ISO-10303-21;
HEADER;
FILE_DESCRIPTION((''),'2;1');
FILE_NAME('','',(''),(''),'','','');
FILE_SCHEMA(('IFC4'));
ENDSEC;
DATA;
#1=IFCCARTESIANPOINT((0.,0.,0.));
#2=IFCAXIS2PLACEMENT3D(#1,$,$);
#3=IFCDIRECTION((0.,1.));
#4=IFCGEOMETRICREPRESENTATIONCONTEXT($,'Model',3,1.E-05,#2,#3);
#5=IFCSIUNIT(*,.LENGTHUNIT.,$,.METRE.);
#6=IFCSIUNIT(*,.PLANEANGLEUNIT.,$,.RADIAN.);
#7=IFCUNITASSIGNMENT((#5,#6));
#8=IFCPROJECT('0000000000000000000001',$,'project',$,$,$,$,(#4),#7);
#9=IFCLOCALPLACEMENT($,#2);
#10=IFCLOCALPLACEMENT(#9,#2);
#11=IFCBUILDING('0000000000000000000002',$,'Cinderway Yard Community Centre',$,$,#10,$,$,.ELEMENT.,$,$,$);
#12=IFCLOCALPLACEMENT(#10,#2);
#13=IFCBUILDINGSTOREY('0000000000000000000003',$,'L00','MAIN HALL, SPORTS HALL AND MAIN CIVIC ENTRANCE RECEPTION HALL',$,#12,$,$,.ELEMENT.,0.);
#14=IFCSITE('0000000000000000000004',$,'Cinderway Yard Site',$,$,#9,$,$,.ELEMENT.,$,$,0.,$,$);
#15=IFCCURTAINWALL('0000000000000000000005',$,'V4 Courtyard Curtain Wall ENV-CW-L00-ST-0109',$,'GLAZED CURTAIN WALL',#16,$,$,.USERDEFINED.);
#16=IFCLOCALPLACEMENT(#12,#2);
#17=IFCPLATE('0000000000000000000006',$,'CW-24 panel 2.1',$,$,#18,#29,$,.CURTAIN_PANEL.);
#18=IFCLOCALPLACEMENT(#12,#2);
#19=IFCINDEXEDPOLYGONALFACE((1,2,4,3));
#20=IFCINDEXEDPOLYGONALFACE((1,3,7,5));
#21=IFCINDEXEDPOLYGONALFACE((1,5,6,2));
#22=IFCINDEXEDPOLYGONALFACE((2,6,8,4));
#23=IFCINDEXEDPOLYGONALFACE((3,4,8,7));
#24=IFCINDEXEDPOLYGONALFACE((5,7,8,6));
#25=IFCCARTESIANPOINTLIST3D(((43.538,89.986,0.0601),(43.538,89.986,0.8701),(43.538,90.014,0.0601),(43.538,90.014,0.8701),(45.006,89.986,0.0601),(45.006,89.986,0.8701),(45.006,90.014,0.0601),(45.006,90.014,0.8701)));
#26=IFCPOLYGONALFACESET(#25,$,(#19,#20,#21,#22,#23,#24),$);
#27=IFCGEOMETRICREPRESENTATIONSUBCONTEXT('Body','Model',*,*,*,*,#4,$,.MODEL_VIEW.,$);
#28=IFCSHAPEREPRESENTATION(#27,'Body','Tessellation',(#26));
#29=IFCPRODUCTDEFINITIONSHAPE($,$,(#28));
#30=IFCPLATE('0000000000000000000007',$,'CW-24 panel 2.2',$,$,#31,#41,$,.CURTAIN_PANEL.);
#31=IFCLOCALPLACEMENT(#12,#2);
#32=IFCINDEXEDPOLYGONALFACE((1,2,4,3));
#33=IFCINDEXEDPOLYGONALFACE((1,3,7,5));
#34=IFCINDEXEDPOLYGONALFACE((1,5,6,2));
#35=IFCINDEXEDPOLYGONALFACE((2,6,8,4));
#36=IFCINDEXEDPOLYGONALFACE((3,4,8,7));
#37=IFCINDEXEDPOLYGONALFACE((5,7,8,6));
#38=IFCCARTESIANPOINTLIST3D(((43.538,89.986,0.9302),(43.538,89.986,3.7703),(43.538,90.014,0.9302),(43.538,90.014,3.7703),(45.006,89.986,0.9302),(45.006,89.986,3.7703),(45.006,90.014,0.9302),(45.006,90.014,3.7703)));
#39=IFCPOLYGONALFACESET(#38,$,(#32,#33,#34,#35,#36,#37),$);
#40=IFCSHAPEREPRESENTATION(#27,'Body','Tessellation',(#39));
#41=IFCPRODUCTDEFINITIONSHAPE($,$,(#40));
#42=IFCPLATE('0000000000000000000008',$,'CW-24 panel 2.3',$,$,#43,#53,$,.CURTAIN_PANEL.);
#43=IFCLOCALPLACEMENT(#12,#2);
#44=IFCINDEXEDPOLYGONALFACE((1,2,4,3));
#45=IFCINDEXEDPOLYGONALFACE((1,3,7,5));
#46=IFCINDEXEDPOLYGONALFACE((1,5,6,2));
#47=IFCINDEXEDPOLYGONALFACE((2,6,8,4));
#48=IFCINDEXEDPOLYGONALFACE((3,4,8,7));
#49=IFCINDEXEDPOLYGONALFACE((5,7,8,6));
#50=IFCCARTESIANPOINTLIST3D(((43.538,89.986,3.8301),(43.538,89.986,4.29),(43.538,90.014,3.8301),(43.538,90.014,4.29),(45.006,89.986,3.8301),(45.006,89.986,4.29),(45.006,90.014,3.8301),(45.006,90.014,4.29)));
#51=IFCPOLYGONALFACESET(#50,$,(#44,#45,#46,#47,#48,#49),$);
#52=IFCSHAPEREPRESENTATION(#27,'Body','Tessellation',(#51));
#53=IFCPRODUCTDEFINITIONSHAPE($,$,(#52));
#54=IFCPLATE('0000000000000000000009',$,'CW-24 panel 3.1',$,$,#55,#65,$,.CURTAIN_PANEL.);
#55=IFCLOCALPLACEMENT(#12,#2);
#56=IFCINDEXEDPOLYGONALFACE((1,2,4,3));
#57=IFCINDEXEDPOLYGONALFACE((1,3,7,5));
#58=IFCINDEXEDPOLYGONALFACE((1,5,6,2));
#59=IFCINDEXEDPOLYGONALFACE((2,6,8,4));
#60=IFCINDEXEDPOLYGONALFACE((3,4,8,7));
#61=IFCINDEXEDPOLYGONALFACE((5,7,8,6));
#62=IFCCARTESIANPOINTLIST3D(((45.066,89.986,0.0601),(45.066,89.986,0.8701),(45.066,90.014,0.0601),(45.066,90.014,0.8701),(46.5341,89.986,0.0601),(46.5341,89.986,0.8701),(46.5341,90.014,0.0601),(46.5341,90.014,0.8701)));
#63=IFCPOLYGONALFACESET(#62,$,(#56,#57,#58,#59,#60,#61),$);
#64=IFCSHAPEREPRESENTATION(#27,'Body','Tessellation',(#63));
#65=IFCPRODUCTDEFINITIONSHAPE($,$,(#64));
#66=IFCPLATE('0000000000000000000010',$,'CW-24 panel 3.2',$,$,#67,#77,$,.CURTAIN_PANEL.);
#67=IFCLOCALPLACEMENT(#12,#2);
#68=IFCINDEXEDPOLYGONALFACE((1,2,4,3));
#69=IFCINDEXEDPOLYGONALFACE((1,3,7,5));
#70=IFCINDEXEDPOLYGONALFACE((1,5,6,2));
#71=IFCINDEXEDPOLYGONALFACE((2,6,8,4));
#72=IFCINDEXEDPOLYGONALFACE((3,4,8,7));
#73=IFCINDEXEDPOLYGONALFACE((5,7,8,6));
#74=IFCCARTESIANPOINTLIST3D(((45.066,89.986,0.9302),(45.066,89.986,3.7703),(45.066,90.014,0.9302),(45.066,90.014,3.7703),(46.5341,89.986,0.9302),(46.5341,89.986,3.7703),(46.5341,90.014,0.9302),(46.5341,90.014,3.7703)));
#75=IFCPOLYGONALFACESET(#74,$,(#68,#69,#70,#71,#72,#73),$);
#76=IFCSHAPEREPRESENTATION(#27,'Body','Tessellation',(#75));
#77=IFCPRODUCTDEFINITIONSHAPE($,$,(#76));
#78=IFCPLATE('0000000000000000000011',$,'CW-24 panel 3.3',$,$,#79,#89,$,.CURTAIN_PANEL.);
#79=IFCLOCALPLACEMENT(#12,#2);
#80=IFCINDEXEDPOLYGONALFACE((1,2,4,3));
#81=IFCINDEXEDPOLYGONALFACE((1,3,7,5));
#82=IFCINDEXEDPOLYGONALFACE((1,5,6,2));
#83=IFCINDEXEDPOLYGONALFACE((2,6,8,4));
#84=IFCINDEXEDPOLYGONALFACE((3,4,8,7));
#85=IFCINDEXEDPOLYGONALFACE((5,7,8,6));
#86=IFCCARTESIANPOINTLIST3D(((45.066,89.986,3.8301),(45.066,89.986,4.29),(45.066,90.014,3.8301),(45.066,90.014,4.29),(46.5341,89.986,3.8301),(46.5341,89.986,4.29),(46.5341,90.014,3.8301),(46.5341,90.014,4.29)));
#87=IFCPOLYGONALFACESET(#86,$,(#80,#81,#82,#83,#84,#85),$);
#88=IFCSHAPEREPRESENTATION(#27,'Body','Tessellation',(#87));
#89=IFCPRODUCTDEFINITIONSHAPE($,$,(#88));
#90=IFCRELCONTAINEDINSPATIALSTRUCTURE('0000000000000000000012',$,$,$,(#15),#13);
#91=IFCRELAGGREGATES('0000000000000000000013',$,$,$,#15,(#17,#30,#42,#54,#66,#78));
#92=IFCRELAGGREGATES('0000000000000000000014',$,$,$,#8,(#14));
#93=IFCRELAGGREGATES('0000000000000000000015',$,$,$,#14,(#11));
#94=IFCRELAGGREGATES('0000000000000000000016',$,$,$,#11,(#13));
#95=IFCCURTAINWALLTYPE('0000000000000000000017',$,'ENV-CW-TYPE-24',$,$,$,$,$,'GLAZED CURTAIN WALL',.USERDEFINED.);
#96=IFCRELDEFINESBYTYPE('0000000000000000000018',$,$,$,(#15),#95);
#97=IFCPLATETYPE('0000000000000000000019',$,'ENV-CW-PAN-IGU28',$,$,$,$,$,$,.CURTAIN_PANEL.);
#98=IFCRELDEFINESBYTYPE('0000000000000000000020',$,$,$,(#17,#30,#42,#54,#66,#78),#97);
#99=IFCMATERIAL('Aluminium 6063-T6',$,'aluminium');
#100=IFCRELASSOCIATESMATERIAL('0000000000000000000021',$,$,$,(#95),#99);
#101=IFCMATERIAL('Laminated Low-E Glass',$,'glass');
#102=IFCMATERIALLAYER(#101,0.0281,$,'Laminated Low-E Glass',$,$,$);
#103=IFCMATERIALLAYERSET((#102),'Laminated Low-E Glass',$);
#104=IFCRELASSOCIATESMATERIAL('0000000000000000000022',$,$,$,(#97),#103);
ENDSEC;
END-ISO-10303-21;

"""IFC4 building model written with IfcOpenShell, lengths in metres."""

from ifc_helpers import new_model, si_unit, direction, frame, origin, origin_2d, place, context, subcontext, project, spatial, rectangle, extrude, material, layer, layer_set, type_object, element, aggregate, save


model = new_model("IFC4")

# Units and contexts
model_context = context("Model", 3, precision=1e-05, world=origin(), true_north=direction((0.0, 1.0)))
body_context = subcontext(model_context, "Body", "Model", "MODEL_VIEW")
ifc_project = project(units=[si_unit("LENGTHUNIT", "METRE"), si_unit("PLANEANGLEUNIT", "RADIAN")], contexts=[model_context])

# Site, building, storey
site_placement = place(None, origin())
site = spatial("IfcSite", under=ifc_project, at=site_placement, Name="Cinderway Yard Site", CompositionType="ELEMENT", RefElevation=0.0)
building_placement = place(site_placement, origin())
building = spatial("IfcBuilding", under=site, at=building_placement, Name="Cinderway Yard Community Centre", CompositionType="ELEMENT")
storey_placement = place(building_placement, origin())
storey = spatial("IfcBuildingStorey", under=building, at=storey_placement, Name="L00", Description="MAIN HALL, SPORTS HALL AND MAIN CIVIC ENTRANCE RECEPTION HALL", CompositionType="ELEMENT", Elevation=0.0)

# Curtain wall, plates
ifc_material_1 = material(Name="Aluminium 6063-T6", Category="aluminium")
curtain_wall_type = type_object("IfcCurtainWallType", Name="ENV-CW-TYPE-24", ElementType="GLAZED CURTAIN WALL", PredefinedType="USERDEFINED", material=ifc_material_1)
curtain_wall_placement = place(storey_placement, origin())
curtain_wall = element("IfcCurtainWall", 1, at=curtain_wall_placement, inside=storey, type_object=curtain_wall_type, Name="V4 Courtyard Curtain Wall ENV-CW-L00-ST-0109", ObjectType="GLAZED CURTAIN WALL", PredefinedType="USERDEFINED")
ifc_material_2 = material(Name="Laminated Low-E Glass", Category="glass")
ifc_layer = layer(ifc_material_2, 0.0281, Name="Laminated Low-E Glass")
ifc_layer_set = layer_set([ifc_layer], Name="Laminated Low-E Glass")
plate_type = type_object("IfcPlateType", Name="ENV-CW-PAN-IGU28", PredefinedType="CURTAIN_PANEL", material=ifc_layer_set)
plate_1_placement = place(storey_placement, frame((44.272, 90.0, 0.0601), z_axis=(0.0, 0.0, 1.0), x_axis=(1.0, 0.0, 0.0)))
plate_1 = element("IfcPlate", 2, at=plate_1_placement, type_object=plate_type, Name="CW-24 panel 2.1", PredefinedType="CURTAIN_PANEL", context=body_context, shape_type="SweptSolid", body=[
    extrude(rectangle(XDim=1.468, YDim=0.0281, at=origin_2d()), origin(), (0.0, 0.0, 1.0), 0.8101),
])
plate_2_placement = place(storey_placement, frame((44.272, 90.0, 0.9302), z_axis=(0.0, 0.0, 1.0), x_axis=(1.0, 0.0, 0.0)))
plate_2 = element("IfcPlate", 3, at=plate_2_placement, type_object=plate_type, Name="CW-24 panel 2.2", PredefinedType="CURTAIN_PANEL", context=body_context, shape_type="SweptSolid", body=[
    extrude(rectangle(XDim=1.468, YDim=0.0281, at=origin_2d()), origin(), (0.0, 0.0, 1.0), 2.8401),
])
plate_3_placement = place(storey_placement, frame((44.272, 90.0, 3.8301), z_axis=(0.0, 0.0, 1.0), x_axis=(1.0, 0.0, 0.0)))
plate_3 = element("IfcPlate", 4, at=plate_3_placement, type_object=plate_type, Name="CW-24 panel 2.3", PredefinedType="CURTAIN_PANEL", context=body_context, shape_type="SweptSolid", body=[
    extrude(rectangle(XDim=1.468, YDim=0.0281, at=origin_2d()), origin(), (0.0, 0.0, 1.0), 0.46),
])
plate_4_placement = place(storey_placement, frame((45.8, 90.0, 0.0601), z_axis=(0.0, 0.0, 1.0), x_axis=(1.0, 0.0, 0.0)))
plate_4 = element("IfcPlate", 5, at=plate_4_placement, type_object=plate_type, Name="CW-24 panel 3.1", PredefinedType="CURTAIN_PANEL", context=body_context, shape_type="SweptSolid", body=[
    extrude(rectangle(XDim=1.468, YDim=0.0281, at=origin_2d()), origin(), (0.0, 0.0, 1.0), 0.8101),
])
plate_5_placement = place(storey_placement, frame((45.8, 90.0, 0.9302), z_axis=(0.0, 0.0, 1.0), x_axis=(1.0, 0.0, 0.0)))
plate_5 = element("IfcPlate", 6, at=plate_5_placement, type_object=plate_type, Name="CW-24 panel 3.2", PredefinedType="CURTAIN_PANEL", context=body_context, shape_type="SweptSolid", body=[
    extrude(rectangle(XDim=1.468, YDim=0.0281, at=origin_2d()), origin(), (0.0, 0.0, 1.0), 2.8401),
])
plate_6_placement = place(storey_placement, frame((45.8, 90.0, 3.8301), z_axis=(0.0, 0.0, 1.0), x_axis=(1.0, 0.0, 0.0)))
plate_6 = element("IfcPlate", 7, at=plate_6_placement, type_object=plate_type, Name="CW-24 panel 3.3", PredefinedType="CURTAIN_PANEL", context=body_context, shape_type="SweptSolid", body=[
    extrude(rectangle(XDim=1.468, YDim=0.0281, at=origin_2d()), origin(), (0.0, 0.0, 1.0), 0.46),
])
aggregate(curtain_wall, [plate_1, plate_2, plate_3, plate_4, plate_5, plate_6])

save(model, "model.ifc")
